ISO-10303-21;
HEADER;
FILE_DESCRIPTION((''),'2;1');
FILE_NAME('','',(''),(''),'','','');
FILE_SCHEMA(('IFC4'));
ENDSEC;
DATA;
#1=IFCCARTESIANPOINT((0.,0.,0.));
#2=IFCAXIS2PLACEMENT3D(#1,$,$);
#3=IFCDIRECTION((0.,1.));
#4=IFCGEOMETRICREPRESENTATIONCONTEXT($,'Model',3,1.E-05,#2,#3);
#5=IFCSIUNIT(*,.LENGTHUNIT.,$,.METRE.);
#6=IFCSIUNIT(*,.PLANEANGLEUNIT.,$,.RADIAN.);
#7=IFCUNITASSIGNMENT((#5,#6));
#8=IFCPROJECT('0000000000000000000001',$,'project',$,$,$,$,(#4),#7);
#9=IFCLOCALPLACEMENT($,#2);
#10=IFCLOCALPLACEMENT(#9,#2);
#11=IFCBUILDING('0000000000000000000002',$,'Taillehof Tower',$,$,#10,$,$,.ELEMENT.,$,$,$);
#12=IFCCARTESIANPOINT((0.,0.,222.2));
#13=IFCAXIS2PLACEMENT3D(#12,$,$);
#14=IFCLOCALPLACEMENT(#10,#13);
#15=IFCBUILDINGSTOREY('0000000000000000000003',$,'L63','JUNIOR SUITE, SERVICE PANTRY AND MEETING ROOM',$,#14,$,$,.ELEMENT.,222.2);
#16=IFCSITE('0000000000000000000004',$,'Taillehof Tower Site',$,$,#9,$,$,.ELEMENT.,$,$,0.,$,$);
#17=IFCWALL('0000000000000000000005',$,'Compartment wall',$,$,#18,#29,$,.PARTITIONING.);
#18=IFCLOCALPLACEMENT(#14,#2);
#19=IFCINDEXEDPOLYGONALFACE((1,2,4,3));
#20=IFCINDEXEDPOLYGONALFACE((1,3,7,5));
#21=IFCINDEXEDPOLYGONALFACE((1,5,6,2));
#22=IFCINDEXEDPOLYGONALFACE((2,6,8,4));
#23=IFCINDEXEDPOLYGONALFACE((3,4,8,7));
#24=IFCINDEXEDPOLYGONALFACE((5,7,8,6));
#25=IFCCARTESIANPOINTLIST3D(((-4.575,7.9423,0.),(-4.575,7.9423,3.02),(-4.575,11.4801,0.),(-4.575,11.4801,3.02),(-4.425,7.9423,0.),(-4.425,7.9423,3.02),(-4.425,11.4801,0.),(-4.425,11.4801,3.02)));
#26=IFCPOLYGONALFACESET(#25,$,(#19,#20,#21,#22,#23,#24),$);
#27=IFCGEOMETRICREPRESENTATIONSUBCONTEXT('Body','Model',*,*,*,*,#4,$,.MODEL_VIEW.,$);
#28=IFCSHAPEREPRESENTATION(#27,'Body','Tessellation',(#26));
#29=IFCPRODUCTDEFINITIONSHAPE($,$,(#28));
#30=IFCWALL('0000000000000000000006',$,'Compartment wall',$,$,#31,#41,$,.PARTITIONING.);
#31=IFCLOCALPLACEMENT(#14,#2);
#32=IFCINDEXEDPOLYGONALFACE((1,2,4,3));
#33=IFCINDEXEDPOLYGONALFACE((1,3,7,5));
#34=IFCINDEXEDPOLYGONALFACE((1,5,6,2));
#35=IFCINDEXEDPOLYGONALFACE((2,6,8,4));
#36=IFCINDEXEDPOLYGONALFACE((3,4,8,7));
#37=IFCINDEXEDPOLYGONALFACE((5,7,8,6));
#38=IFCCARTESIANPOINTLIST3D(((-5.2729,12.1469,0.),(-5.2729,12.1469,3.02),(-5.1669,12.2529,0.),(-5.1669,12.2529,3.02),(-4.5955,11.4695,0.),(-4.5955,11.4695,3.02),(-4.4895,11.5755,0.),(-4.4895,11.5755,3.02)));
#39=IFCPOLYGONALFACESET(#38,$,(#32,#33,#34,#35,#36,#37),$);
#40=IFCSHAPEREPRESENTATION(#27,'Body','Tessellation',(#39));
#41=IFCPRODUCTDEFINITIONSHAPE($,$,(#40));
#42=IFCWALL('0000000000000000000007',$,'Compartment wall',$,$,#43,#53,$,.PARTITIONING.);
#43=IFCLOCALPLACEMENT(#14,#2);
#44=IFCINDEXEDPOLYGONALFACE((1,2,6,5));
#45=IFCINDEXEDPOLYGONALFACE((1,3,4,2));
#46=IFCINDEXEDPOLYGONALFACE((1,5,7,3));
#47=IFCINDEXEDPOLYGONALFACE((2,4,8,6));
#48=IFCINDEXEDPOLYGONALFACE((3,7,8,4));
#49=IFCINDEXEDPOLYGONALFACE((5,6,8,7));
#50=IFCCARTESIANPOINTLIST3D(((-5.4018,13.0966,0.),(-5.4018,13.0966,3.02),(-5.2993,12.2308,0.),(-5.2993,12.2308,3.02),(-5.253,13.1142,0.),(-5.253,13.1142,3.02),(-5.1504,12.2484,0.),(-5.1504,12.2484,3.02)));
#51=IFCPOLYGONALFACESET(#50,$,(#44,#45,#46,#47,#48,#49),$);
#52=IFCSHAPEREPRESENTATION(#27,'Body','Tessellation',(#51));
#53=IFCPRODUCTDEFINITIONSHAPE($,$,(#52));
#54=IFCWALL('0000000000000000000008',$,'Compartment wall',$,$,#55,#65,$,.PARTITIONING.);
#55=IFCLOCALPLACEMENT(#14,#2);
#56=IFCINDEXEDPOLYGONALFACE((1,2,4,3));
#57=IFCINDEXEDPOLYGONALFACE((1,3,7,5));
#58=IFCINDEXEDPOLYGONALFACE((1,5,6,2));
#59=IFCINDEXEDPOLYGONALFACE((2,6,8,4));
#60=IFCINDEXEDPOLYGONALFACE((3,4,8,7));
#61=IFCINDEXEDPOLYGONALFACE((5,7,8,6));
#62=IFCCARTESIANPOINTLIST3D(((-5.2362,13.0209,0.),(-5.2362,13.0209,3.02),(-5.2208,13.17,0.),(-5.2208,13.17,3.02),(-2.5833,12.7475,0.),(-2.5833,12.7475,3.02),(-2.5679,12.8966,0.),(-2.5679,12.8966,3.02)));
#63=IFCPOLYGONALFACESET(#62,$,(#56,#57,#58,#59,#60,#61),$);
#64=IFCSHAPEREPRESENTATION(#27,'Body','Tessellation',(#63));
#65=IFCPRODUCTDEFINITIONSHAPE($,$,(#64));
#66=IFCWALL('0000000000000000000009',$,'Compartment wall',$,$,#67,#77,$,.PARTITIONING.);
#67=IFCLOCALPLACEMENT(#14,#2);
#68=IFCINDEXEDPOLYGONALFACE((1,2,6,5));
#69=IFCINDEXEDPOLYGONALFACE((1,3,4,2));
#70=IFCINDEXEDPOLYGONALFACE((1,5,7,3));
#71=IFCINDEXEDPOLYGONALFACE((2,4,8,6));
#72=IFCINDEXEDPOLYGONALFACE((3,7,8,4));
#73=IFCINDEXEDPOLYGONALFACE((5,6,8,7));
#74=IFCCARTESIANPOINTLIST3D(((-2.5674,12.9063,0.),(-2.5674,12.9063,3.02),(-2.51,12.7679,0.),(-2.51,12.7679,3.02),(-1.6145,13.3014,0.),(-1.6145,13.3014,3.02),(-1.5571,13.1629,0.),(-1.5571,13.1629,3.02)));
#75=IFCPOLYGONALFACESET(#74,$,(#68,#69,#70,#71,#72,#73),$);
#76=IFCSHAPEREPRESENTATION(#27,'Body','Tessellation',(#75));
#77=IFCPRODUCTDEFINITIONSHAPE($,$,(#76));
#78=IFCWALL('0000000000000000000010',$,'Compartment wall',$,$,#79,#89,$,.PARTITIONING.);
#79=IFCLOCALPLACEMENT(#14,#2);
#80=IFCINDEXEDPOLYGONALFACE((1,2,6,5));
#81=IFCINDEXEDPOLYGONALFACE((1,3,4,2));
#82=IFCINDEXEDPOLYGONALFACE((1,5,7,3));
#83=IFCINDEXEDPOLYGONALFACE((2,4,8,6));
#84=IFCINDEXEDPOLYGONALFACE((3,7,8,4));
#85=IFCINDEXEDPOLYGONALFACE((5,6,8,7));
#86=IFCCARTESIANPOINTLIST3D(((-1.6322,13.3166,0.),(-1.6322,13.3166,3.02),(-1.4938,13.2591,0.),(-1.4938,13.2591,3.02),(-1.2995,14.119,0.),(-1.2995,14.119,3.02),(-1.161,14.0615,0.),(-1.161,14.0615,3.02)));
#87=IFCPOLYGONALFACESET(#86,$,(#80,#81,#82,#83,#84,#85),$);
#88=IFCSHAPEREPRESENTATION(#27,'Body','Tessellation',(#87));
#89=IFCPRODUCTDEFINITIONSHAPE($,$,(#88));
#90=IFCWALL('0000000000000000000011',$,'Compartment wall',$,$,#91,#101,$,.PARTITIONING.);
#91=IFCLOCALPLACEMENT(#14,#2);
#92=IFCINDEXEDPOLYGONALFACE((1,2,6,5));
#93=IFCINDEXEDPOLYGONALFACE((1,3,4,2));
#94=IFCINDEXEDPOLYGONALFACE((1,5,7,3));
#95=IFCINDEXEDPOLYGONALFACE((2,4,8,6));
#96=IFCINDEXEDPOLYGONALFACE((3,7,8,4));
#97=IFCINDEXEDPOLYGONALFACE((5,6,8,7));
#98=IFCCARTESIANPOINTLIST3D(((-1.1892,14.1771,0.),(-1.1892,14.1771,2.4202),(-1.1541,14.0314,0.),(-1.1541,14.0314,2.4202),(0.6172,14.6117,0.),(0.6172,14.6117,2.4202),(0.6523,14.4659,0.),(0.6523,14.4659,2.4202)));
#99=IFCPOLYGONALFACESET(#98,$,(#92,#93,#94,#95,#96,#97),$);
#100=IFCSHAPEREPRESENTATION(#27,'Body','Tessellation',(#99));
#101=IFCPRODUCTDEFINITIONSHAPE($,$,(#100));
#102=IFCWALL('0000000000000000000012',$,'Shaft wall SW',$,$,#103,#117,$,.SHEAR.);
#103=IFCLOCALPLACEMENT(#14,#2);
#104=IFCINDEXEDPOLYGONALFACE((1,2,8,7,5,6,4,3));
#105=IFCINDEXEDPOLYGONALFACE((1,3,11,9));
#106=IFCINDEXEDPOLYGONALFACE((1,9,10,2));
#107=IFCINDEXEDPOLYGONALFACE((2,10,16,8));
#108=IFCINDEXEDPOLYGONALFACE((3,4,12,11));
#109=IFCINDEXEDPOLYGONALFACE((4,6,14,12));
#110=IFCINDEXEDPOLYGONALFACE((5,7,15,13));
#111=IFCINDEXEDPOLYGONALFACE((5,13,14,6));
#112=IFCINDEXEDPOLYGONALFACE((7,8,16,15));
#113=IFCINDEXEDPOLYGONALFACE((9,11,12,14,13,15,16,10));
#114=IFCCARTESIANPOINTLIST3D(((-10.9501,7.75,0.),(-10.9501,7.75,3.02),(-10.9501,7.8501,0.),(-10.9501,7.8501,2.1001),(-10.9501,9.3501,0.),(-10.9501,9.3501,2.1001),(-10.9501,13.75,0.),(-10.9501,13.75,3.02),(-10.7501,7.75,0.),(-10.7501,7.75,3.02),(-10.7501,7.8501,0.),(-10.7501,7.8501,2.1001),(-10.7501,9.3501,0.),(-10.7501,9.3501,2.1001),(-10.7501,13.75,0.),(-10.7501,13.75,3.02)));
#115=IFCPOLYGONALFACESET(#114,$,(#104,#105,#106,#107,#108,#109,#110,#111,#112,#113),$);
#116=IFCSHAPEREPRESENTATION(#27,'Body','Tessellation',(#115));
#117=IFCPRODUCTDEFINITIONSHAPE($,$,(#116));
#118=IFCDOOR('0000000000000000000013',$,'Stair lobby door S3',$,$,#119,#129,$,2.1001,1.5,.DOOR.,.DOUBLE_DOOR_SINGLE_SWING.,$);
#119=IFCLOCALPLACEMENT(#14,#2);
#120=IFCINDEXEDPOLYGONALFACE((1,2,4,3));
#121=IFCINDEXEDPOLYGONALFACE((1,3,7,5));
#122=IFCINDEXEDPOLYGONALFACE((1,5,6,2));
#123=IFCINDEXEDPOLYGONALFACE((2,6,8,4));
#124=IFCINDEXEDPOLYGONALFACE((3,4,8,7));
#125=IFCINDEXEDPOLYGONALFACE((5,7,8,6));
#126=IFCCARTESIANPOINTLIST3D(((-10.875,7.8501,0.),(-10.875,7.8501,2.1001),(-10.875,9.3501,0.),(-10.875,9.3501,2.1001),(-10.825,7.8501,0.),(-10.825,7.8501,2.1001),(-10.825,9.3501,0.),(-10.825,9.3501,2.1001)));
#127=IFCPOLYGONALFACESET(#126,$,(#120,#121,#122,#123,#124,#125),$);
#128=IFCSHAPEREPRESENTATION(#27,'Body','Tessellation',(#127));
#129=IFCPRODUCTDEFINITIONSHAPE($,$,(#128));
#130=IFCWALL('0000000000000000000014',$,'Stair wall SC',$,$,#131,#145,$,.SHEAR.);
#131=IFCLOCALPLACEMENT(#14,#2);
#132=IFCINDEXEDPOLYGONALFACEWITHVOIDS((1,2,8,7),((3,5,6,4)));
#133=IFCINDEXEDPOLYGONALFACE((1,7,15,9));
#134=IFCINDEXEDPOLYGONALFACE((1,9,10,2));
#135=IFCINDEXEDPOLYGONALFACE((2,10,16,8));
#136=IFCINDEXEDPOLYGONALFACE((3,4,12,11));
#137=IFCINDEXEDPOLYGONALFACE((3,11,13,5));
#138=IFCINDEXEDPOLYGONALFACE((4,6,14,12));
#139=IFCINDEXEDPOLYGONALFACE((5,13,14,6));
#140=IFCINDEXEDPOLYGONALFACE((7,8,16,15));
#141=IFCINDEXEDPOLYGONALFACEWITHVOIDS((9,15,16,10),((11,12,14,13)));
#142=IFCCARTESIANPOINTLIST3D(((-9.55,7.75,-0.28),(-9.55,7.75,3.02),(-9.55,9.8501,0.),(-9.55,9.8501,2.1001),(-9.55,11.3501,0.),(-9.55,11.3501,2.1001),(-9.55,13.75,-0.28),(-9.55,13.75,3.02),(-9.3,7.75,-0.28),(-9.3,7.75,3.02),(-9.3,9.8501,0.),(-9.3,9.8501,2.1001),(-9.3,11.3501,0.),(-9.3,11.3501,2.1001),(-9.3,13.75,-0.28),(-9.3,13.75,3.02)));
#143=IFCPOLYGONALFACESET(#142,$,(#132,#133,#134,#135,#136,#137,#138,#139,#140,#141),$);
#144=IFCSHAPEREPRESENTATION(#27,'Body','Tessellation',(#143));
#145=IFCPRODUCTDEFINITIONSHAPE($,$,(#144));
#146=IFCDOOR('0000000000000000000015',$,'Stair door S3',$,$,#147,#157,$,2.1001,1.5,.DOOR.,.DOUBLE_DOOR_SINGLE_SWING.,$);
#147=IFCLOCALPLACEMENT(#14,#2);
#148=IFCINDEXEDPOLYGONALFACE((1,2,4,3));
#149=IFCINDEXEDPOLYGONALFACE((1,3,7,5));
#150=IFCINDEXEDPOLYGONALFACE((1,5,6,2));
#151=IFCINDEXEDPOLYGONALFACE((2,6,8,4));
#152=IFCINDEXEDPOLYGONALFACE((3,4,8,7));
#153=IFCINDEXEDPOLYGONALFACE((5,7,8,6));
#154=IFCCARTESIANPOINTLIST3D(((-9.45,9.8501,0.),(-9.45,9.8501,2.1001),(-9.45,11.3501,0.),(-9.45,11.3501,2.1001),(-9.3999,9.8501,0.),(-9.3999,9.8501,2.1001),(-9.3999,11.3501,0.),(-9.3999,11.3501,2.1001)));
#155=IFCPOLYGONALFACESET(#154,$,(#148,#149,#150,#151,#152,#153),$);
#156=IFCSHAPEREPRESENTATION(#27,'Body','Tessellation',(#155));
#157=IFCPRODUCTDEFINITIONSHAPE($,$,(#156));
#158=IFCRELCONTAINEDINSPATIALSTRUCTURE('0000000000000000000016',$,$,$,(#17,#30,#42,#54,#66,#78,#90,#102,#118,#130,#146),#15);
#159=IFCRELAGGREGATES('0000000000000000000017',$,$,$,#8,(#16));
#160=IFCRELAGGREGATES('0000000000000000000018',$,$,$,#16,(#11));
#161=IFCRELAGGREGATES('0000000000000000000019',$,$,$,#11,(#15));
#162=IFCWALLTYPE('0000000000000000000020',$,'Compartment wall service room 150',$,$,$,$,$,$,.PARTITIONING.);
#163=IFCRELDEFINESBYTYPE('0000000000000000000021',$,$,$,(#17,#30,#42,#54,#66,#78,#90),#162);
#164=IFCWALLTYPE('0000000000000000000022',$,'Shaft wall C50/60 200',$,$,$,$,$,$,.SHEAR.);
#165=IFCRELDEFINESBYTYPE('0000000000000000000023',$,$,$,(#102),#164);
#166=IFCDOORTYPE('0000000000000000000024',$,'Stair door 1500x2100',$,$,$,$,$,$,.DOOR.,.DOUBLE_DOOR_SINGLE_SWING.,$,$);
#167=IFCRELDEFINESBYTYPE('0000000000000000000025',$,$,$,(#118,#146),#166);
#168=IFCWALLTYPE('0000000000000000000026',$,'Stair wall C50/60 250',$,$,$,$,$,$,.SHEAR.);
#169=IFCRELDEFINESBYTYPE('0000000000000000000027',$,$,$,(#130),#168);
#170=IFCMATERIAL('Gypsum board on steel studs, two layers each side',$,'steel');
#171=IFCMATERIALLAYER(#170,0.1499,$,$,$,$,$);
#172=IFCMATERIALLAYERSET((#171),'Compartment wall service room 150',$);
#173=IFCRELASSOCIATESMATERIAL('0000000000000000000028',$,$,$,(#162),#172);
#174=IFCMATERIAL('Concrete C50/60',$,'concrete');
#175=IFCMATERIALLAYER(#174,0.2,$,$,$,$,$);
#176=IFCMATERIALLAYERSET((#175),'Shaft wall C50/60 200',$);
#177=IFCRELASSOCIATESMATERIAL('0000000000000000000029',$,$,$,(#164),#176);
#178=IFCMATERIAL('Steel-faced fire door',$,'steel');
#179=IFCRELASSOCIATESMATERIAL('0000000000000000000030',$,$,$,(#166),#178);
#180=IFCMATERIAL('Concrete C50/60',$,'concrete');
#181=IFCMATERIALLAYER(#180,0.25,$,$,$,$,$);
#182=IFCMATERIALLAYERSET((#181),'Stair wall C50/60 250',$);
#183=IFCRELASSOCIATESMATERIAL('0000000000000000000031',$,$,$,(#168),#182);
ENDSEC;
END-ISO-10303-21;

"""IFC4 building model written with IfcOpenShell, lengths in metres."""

from ifc_helpers import new_model, si_unit, direction, frame, frame_2d, origin, place, context, subcontext, project, spatial, rectangle, extrude, material, layer, layer_set, type_object, element, fill, save


model = new_model("IFC4")

# Units and contexts
model_context = context("Model", 3, precision=1e-05, world=origin(), true_north=direction((0.0, 1.0)))
body_context = subcontext(model_context, "Body", "Model", "MODEL_VIEW")
ifc_project = project(units=[si_unit("LENGTHUNIT", "METRE"), si_unit("PLANEANGLEUNIT", "RADIAN")], contexts=[model_context])

# Site, building, storey
site_placement = place(None, origin())
site = spatial("IfcSite", under=ifc_project, at=site_placement, Name="Taillehof Tower Site", CompositionType="ELEMENT", RefElevation=0.0)
building_placement = place(site_placement, origin())
building = spatial("IfcBuilding", under=site, at=building_placement, Name="Taillehof Tower", CompositionType="ELEMENT")
storey_placement = place(building_placement, frame((0.0, 0.0, 222.2)))
storey = spatial("IfcBuildingStorey", under=building, at=storey_placement, Name="L63", Description="JUNIOR SUITE, SERVICE PANTRY AND MEETING ROOM", CompositionType="ELEMENT", Elevation=222.2)

# Walls
ifc_material_1 = material(Name="Gypsum board on steel studs, two layers each side", Category="steel")
ifc_layer_1 = layer(ifc_material_1, 0.1499)
ifc_layer_set_1 = layer_set([ifc_layer_1], Name="Compartment wall service room 150")
wall_type_1 = type_object("IfcWallType", Name="Compartment wall service room 150", PredefinedType="PARTITIONING", material=ifc_layer_set_1)
wall_1_placement = place(storey_placement, frame((-4.5, 7.9421, 0.0), z_axis=(0.0, 0.0, 1.0), x_axis=(0.0, 1.0, 0.0)))
element("IfcWall", 1, at=wall_1_placement, inside=storey, type_object=wall_type_1, Name="Compartment wall", PredefinedType="PARTITIONING", context=body_context, shape_type="SweptSolid", body=[
    extrude(rectangle(XDim=3.5378, YDim=0.1499, at=frame_2d((1.769, 0.0))), origin(), (0.0, 0.0, 1.0), 3.02),
])
wall_2_placement = place(storey_placement, frame((-4.5425, 11.5225, 0.0), z_axis=(0.0, 0.0, 1.0), x_axis=(-0.707107, 0.707107, 0.0)))
element("IfcWall", 2, at=wall_2_placement, inside=storey, type_object=wall_type_1, Name="Compartment wall", PredefinedType="PARTITIONING", context=body_context, shape_type="SweptSolid", body=[
    extrude(rectangle(XDim=0.958, YDim=0.1499, at=frame_2d((0.479, 0.0))), origin(), (0.0, 0.0, 1.0), 3.02),
])
wall_3_placement = place(storey_placement, frame((-5.2249, 12.2395, 0.0), z_axis=(0.0, 0.0, 1.0), x_axis=(-0.117621, 0.993059, 0.0)))
element("IfcWall", 3, at=wall_3_placement, inside=storey, type_object=wall_type_1, Name="Compartment wall", PredefinedType="PARTITIONING", context=body_context, shape_type="SweptSolid", body=[
    extrude(rectangle(XDim=0.8718, YDim=0.1499, at=frame_2d((0.436, 0.0))), origin(), (0.0, 0.0, 1.0), 3.02),
])
wall_4_placement = place(storey_placement, frame((-5.2285, 13.0955, 0.0), z_axis=(0.0, 0.0, 1.0), x_axis=(0.99473, -0.102531, 0.0)))
element("IfcWall", 4, at=wall_4_placement, inside=storey, type_object=wall_type_1, Name="Compartment wall", PredefinedType="PARTITIONING", context=body_context, shape_type="SweptSolid", body=[
    extrude(rectangle(XDim=2.667, YDim=0.1499, at=frame_2d((1.3335, 0.0))), origin(), (0.0, 0.0, 1.0), 3.02),
])
wall_5_placement = place(storey_placement, frame((-2.5386, 12.8372, 0.0), z_axis=(0.0, 0.0, 1.0), x_axis=(0.923769, 0.382951, 0.0)))
element("IfcWall", 5, at=wall_5_placement, inside=storey, type_object=wall_type_1, Name="Compartment wall", PredefinedType="PARTITIONING", context=body_context, shape_type="SweptSolid", body=[
    extrude(rectangle(XDim=1.0315, YDim=0.1499, at=frame_2d((0.5156, 0.0))), origin(), (0.0, 0.0, 1.0), 3.02),
])
wall_6_placement = place(storey_placement, frame((-1.563, 13.2878, 0.0), z_axis=(0.0, 0.0, 1.0), x_axis=(0.383038, 0.923732, 0.0)))
element("IfcWall", 6, at=wall_6_placement, inside=storey, type_object=wall_type_1, Name="Compartment wall", PredefinedType="PARTITIONING", context=body_context, shape_type="SweptSolid", body=[
    extrude(rectangle(XDim=0.8687, YDim=0.1499, at=frame_2d((0.4343, 0.0))), origin(), (0.0, 0.0, 1.0), 3.02),
])
wall_7_placement = place(storey_placement, frame((-1.1716, 14.1042, 0.0), z_axis=(0.0, 0.0, 1.0), x_axis=(0.972261, 0.2339, 0.0)))
element("IfcWall", 7, at=wall_7_placement, inside=storey, type_object=wall_type_1, Name="Compartment wall", PredefinedType="PARTITIONING", context=body_context, shape_type="SweptSolid", body=[
    extrude(rectangle(XDim=1.8579, YDim=0.1499, at=frame_2d((0.929, 0.0))), origin(), (0.0, 0.0, 1.0), 2.4202),
])

# Walls, openings, doors
ifc_material_2 = material(Name="Concrete C50/60", Category="concrete")
ifc_layer_2 = layer(ifc_material_2, 0.2)
ifc_layer_set_2 = layer_set([ifc_layer_2], Name="Shaft wall C50/60 200")
wall_type_2 = type_object("IfcWallType", Name="Shaft wall C50/60 200", PredefinedType="SHEAR", material=ifc_layer_set_2)
wall_8_placement = place(storey_placement, frame((-10.8501, 7.75, 0.0), z_axis=(0.0, 0.0, 1.0), x_axis=(0.0, 1.0, 0.0)))
wall_8 = element("IfcWall", 8, at=wall_8_placement, inside=storey, type_object=wall_type_2, Name="Shaft wall SW", PredefinedType="SHEAR", context=body_context, shape_type="SweptSolid", body=[
    extrude(rectangle(XDim=6.0, YDim=0.2, at=frame_2d((3.0, 0.0))), origin(), (0.0, 0.0, 1.0), 3.02),
])
opening_1_placement = place(wall_8_placement, frame((0.1001, 0.0, 0.0)))
opening_1 = element("IfcOpeningElement", 9, at=opening_1_placement, cuts=wall_8, PredefinedType="OPENING", context=body_context, shape_type="SweptSolid", body=[
    extrude(rectangle(XDim=1.5, YDim=2.1001, at=frame_2d((0.75, 1.05))), frame((0.0, 0.1099, 0.0), z_axis=(0.0, -1.0, 0.0), x_axis=(1.0, 0.0, 0.0)), (0.0, 0.0, 1.0), 0.22),
])
ifc_material_3 = material(Name="Steel-faced fire door", Category="steel")
door_type_1 = type_object("IfcDoorType", Name="Stair door 1500x2100", OperationType="DOUBLE_DOOR_SINGLE_SWING", PredefinedType="DOOR", material=ifc_material_3)
door_1_placement = place(opening_1_placement, origin())
door_1 = element("IfcDoor", 10, at=door_1_placement, inside=storey, type_object=door_type_1, Name="Stair lobby door S3", OperationType="DOUBLE_DOOR_SINGLE_SWING", OverallHeight=2.1001, OverallWidth=1.5, PredefinedType="DOOR", context=body_context, shape_type="SweptSolid", body=[
    extrude(rectangle(XDim=1.5, YDim=2.1001, at=frame_2d((0.75, 1.05))), frame((0.0, 0.0249, 0.0), z_axis=(0.0, -1.0, 0.0), x_axis=(1.0, 0.0, 0.0)), (0.0, 0.0, 1.0), 0.05),
])
fill(opening_1, door_1)
ifc_material_4 = material(Name="Concrete C50/60", Category="concrete")
ifc_layer_3 = layer(ifc_material_4, 0.25)
ifc_layer_set_3 = layer_set([ifc_layer_3], Name="Stair wall C50/60 250")
wall_type_3 = type_object("IfcWallType", Name="Stair wall C50/60 250", PredefinedType="SHEAR", material=ifc_layer_set_3)
wall_9_placement = place(storey_placement, frame((-9.425, 7.75, -0.28), z_axis=(0.0, 0.0, 1.0), x_axis=(0.0, 1.0, 0.0)))
wall_9 = element("IfcWall", 11, at=wall_9_placement, inside=storey, type_object=wall_type_3, Name="Stair wall SC", PredefinedType="SHEAR", context=body_context, shape_type="SweptSolid", body=[
    extrude(rectangle(XDim=6.0, YDim=0.25, at=frame_2d((3.0, 0.0))), origin(), (0.0, 0.0, 1.0), 3.3),
])
opening_2_placement = place(wall_9_placement, frame((2.1001, 0.0, 0.28)))
opening_2 = element("IfcOpeningElement", 12, at=opening_2_placement, cuts=wall_9, PredefinedType="OPENING", context=body_context, shape_type="SweptSolid", body=[
    extrude(rectangle(XDim=1.5, YDim=2.1001, at=frame_2d((0.75, 1.05))), frame((0.0, 0.135, 0.0), z_axis=(0.0, -1.0, 0.0), x_axis=(1.0, 0.0, 0.0)), (0.0, 0.0, 1.0), 0.27),
])
door_2_placement = place(opening_2_placement, origin())
door_2 = element("IfcDoor", 13, at=door_2_placement, inside=storey, type_object=door_type_1, Name="Stair door S3", OperationType="DOUBLE_DOOR_SINGLE_SWING", OverallHeight=2.1001, OverallWidth=1.5, PredefinedType="DOOR", context=body_context, shape_type="SweptSolid", body=[
    extrude(rectangle(XDim=1.5, YDim=2.1001, at=frame_2d((0.75, 1.05))), frame((0.0, 0.0249, 0.0), z_axis=(0.0, -1.0, 0.0), x_axis=(1.0, 0.0, 0.0)), (0.0, 0.0, 1.0), 0.05),
])
fill(opening_2, door_2)

save(model, "model.ifc")
